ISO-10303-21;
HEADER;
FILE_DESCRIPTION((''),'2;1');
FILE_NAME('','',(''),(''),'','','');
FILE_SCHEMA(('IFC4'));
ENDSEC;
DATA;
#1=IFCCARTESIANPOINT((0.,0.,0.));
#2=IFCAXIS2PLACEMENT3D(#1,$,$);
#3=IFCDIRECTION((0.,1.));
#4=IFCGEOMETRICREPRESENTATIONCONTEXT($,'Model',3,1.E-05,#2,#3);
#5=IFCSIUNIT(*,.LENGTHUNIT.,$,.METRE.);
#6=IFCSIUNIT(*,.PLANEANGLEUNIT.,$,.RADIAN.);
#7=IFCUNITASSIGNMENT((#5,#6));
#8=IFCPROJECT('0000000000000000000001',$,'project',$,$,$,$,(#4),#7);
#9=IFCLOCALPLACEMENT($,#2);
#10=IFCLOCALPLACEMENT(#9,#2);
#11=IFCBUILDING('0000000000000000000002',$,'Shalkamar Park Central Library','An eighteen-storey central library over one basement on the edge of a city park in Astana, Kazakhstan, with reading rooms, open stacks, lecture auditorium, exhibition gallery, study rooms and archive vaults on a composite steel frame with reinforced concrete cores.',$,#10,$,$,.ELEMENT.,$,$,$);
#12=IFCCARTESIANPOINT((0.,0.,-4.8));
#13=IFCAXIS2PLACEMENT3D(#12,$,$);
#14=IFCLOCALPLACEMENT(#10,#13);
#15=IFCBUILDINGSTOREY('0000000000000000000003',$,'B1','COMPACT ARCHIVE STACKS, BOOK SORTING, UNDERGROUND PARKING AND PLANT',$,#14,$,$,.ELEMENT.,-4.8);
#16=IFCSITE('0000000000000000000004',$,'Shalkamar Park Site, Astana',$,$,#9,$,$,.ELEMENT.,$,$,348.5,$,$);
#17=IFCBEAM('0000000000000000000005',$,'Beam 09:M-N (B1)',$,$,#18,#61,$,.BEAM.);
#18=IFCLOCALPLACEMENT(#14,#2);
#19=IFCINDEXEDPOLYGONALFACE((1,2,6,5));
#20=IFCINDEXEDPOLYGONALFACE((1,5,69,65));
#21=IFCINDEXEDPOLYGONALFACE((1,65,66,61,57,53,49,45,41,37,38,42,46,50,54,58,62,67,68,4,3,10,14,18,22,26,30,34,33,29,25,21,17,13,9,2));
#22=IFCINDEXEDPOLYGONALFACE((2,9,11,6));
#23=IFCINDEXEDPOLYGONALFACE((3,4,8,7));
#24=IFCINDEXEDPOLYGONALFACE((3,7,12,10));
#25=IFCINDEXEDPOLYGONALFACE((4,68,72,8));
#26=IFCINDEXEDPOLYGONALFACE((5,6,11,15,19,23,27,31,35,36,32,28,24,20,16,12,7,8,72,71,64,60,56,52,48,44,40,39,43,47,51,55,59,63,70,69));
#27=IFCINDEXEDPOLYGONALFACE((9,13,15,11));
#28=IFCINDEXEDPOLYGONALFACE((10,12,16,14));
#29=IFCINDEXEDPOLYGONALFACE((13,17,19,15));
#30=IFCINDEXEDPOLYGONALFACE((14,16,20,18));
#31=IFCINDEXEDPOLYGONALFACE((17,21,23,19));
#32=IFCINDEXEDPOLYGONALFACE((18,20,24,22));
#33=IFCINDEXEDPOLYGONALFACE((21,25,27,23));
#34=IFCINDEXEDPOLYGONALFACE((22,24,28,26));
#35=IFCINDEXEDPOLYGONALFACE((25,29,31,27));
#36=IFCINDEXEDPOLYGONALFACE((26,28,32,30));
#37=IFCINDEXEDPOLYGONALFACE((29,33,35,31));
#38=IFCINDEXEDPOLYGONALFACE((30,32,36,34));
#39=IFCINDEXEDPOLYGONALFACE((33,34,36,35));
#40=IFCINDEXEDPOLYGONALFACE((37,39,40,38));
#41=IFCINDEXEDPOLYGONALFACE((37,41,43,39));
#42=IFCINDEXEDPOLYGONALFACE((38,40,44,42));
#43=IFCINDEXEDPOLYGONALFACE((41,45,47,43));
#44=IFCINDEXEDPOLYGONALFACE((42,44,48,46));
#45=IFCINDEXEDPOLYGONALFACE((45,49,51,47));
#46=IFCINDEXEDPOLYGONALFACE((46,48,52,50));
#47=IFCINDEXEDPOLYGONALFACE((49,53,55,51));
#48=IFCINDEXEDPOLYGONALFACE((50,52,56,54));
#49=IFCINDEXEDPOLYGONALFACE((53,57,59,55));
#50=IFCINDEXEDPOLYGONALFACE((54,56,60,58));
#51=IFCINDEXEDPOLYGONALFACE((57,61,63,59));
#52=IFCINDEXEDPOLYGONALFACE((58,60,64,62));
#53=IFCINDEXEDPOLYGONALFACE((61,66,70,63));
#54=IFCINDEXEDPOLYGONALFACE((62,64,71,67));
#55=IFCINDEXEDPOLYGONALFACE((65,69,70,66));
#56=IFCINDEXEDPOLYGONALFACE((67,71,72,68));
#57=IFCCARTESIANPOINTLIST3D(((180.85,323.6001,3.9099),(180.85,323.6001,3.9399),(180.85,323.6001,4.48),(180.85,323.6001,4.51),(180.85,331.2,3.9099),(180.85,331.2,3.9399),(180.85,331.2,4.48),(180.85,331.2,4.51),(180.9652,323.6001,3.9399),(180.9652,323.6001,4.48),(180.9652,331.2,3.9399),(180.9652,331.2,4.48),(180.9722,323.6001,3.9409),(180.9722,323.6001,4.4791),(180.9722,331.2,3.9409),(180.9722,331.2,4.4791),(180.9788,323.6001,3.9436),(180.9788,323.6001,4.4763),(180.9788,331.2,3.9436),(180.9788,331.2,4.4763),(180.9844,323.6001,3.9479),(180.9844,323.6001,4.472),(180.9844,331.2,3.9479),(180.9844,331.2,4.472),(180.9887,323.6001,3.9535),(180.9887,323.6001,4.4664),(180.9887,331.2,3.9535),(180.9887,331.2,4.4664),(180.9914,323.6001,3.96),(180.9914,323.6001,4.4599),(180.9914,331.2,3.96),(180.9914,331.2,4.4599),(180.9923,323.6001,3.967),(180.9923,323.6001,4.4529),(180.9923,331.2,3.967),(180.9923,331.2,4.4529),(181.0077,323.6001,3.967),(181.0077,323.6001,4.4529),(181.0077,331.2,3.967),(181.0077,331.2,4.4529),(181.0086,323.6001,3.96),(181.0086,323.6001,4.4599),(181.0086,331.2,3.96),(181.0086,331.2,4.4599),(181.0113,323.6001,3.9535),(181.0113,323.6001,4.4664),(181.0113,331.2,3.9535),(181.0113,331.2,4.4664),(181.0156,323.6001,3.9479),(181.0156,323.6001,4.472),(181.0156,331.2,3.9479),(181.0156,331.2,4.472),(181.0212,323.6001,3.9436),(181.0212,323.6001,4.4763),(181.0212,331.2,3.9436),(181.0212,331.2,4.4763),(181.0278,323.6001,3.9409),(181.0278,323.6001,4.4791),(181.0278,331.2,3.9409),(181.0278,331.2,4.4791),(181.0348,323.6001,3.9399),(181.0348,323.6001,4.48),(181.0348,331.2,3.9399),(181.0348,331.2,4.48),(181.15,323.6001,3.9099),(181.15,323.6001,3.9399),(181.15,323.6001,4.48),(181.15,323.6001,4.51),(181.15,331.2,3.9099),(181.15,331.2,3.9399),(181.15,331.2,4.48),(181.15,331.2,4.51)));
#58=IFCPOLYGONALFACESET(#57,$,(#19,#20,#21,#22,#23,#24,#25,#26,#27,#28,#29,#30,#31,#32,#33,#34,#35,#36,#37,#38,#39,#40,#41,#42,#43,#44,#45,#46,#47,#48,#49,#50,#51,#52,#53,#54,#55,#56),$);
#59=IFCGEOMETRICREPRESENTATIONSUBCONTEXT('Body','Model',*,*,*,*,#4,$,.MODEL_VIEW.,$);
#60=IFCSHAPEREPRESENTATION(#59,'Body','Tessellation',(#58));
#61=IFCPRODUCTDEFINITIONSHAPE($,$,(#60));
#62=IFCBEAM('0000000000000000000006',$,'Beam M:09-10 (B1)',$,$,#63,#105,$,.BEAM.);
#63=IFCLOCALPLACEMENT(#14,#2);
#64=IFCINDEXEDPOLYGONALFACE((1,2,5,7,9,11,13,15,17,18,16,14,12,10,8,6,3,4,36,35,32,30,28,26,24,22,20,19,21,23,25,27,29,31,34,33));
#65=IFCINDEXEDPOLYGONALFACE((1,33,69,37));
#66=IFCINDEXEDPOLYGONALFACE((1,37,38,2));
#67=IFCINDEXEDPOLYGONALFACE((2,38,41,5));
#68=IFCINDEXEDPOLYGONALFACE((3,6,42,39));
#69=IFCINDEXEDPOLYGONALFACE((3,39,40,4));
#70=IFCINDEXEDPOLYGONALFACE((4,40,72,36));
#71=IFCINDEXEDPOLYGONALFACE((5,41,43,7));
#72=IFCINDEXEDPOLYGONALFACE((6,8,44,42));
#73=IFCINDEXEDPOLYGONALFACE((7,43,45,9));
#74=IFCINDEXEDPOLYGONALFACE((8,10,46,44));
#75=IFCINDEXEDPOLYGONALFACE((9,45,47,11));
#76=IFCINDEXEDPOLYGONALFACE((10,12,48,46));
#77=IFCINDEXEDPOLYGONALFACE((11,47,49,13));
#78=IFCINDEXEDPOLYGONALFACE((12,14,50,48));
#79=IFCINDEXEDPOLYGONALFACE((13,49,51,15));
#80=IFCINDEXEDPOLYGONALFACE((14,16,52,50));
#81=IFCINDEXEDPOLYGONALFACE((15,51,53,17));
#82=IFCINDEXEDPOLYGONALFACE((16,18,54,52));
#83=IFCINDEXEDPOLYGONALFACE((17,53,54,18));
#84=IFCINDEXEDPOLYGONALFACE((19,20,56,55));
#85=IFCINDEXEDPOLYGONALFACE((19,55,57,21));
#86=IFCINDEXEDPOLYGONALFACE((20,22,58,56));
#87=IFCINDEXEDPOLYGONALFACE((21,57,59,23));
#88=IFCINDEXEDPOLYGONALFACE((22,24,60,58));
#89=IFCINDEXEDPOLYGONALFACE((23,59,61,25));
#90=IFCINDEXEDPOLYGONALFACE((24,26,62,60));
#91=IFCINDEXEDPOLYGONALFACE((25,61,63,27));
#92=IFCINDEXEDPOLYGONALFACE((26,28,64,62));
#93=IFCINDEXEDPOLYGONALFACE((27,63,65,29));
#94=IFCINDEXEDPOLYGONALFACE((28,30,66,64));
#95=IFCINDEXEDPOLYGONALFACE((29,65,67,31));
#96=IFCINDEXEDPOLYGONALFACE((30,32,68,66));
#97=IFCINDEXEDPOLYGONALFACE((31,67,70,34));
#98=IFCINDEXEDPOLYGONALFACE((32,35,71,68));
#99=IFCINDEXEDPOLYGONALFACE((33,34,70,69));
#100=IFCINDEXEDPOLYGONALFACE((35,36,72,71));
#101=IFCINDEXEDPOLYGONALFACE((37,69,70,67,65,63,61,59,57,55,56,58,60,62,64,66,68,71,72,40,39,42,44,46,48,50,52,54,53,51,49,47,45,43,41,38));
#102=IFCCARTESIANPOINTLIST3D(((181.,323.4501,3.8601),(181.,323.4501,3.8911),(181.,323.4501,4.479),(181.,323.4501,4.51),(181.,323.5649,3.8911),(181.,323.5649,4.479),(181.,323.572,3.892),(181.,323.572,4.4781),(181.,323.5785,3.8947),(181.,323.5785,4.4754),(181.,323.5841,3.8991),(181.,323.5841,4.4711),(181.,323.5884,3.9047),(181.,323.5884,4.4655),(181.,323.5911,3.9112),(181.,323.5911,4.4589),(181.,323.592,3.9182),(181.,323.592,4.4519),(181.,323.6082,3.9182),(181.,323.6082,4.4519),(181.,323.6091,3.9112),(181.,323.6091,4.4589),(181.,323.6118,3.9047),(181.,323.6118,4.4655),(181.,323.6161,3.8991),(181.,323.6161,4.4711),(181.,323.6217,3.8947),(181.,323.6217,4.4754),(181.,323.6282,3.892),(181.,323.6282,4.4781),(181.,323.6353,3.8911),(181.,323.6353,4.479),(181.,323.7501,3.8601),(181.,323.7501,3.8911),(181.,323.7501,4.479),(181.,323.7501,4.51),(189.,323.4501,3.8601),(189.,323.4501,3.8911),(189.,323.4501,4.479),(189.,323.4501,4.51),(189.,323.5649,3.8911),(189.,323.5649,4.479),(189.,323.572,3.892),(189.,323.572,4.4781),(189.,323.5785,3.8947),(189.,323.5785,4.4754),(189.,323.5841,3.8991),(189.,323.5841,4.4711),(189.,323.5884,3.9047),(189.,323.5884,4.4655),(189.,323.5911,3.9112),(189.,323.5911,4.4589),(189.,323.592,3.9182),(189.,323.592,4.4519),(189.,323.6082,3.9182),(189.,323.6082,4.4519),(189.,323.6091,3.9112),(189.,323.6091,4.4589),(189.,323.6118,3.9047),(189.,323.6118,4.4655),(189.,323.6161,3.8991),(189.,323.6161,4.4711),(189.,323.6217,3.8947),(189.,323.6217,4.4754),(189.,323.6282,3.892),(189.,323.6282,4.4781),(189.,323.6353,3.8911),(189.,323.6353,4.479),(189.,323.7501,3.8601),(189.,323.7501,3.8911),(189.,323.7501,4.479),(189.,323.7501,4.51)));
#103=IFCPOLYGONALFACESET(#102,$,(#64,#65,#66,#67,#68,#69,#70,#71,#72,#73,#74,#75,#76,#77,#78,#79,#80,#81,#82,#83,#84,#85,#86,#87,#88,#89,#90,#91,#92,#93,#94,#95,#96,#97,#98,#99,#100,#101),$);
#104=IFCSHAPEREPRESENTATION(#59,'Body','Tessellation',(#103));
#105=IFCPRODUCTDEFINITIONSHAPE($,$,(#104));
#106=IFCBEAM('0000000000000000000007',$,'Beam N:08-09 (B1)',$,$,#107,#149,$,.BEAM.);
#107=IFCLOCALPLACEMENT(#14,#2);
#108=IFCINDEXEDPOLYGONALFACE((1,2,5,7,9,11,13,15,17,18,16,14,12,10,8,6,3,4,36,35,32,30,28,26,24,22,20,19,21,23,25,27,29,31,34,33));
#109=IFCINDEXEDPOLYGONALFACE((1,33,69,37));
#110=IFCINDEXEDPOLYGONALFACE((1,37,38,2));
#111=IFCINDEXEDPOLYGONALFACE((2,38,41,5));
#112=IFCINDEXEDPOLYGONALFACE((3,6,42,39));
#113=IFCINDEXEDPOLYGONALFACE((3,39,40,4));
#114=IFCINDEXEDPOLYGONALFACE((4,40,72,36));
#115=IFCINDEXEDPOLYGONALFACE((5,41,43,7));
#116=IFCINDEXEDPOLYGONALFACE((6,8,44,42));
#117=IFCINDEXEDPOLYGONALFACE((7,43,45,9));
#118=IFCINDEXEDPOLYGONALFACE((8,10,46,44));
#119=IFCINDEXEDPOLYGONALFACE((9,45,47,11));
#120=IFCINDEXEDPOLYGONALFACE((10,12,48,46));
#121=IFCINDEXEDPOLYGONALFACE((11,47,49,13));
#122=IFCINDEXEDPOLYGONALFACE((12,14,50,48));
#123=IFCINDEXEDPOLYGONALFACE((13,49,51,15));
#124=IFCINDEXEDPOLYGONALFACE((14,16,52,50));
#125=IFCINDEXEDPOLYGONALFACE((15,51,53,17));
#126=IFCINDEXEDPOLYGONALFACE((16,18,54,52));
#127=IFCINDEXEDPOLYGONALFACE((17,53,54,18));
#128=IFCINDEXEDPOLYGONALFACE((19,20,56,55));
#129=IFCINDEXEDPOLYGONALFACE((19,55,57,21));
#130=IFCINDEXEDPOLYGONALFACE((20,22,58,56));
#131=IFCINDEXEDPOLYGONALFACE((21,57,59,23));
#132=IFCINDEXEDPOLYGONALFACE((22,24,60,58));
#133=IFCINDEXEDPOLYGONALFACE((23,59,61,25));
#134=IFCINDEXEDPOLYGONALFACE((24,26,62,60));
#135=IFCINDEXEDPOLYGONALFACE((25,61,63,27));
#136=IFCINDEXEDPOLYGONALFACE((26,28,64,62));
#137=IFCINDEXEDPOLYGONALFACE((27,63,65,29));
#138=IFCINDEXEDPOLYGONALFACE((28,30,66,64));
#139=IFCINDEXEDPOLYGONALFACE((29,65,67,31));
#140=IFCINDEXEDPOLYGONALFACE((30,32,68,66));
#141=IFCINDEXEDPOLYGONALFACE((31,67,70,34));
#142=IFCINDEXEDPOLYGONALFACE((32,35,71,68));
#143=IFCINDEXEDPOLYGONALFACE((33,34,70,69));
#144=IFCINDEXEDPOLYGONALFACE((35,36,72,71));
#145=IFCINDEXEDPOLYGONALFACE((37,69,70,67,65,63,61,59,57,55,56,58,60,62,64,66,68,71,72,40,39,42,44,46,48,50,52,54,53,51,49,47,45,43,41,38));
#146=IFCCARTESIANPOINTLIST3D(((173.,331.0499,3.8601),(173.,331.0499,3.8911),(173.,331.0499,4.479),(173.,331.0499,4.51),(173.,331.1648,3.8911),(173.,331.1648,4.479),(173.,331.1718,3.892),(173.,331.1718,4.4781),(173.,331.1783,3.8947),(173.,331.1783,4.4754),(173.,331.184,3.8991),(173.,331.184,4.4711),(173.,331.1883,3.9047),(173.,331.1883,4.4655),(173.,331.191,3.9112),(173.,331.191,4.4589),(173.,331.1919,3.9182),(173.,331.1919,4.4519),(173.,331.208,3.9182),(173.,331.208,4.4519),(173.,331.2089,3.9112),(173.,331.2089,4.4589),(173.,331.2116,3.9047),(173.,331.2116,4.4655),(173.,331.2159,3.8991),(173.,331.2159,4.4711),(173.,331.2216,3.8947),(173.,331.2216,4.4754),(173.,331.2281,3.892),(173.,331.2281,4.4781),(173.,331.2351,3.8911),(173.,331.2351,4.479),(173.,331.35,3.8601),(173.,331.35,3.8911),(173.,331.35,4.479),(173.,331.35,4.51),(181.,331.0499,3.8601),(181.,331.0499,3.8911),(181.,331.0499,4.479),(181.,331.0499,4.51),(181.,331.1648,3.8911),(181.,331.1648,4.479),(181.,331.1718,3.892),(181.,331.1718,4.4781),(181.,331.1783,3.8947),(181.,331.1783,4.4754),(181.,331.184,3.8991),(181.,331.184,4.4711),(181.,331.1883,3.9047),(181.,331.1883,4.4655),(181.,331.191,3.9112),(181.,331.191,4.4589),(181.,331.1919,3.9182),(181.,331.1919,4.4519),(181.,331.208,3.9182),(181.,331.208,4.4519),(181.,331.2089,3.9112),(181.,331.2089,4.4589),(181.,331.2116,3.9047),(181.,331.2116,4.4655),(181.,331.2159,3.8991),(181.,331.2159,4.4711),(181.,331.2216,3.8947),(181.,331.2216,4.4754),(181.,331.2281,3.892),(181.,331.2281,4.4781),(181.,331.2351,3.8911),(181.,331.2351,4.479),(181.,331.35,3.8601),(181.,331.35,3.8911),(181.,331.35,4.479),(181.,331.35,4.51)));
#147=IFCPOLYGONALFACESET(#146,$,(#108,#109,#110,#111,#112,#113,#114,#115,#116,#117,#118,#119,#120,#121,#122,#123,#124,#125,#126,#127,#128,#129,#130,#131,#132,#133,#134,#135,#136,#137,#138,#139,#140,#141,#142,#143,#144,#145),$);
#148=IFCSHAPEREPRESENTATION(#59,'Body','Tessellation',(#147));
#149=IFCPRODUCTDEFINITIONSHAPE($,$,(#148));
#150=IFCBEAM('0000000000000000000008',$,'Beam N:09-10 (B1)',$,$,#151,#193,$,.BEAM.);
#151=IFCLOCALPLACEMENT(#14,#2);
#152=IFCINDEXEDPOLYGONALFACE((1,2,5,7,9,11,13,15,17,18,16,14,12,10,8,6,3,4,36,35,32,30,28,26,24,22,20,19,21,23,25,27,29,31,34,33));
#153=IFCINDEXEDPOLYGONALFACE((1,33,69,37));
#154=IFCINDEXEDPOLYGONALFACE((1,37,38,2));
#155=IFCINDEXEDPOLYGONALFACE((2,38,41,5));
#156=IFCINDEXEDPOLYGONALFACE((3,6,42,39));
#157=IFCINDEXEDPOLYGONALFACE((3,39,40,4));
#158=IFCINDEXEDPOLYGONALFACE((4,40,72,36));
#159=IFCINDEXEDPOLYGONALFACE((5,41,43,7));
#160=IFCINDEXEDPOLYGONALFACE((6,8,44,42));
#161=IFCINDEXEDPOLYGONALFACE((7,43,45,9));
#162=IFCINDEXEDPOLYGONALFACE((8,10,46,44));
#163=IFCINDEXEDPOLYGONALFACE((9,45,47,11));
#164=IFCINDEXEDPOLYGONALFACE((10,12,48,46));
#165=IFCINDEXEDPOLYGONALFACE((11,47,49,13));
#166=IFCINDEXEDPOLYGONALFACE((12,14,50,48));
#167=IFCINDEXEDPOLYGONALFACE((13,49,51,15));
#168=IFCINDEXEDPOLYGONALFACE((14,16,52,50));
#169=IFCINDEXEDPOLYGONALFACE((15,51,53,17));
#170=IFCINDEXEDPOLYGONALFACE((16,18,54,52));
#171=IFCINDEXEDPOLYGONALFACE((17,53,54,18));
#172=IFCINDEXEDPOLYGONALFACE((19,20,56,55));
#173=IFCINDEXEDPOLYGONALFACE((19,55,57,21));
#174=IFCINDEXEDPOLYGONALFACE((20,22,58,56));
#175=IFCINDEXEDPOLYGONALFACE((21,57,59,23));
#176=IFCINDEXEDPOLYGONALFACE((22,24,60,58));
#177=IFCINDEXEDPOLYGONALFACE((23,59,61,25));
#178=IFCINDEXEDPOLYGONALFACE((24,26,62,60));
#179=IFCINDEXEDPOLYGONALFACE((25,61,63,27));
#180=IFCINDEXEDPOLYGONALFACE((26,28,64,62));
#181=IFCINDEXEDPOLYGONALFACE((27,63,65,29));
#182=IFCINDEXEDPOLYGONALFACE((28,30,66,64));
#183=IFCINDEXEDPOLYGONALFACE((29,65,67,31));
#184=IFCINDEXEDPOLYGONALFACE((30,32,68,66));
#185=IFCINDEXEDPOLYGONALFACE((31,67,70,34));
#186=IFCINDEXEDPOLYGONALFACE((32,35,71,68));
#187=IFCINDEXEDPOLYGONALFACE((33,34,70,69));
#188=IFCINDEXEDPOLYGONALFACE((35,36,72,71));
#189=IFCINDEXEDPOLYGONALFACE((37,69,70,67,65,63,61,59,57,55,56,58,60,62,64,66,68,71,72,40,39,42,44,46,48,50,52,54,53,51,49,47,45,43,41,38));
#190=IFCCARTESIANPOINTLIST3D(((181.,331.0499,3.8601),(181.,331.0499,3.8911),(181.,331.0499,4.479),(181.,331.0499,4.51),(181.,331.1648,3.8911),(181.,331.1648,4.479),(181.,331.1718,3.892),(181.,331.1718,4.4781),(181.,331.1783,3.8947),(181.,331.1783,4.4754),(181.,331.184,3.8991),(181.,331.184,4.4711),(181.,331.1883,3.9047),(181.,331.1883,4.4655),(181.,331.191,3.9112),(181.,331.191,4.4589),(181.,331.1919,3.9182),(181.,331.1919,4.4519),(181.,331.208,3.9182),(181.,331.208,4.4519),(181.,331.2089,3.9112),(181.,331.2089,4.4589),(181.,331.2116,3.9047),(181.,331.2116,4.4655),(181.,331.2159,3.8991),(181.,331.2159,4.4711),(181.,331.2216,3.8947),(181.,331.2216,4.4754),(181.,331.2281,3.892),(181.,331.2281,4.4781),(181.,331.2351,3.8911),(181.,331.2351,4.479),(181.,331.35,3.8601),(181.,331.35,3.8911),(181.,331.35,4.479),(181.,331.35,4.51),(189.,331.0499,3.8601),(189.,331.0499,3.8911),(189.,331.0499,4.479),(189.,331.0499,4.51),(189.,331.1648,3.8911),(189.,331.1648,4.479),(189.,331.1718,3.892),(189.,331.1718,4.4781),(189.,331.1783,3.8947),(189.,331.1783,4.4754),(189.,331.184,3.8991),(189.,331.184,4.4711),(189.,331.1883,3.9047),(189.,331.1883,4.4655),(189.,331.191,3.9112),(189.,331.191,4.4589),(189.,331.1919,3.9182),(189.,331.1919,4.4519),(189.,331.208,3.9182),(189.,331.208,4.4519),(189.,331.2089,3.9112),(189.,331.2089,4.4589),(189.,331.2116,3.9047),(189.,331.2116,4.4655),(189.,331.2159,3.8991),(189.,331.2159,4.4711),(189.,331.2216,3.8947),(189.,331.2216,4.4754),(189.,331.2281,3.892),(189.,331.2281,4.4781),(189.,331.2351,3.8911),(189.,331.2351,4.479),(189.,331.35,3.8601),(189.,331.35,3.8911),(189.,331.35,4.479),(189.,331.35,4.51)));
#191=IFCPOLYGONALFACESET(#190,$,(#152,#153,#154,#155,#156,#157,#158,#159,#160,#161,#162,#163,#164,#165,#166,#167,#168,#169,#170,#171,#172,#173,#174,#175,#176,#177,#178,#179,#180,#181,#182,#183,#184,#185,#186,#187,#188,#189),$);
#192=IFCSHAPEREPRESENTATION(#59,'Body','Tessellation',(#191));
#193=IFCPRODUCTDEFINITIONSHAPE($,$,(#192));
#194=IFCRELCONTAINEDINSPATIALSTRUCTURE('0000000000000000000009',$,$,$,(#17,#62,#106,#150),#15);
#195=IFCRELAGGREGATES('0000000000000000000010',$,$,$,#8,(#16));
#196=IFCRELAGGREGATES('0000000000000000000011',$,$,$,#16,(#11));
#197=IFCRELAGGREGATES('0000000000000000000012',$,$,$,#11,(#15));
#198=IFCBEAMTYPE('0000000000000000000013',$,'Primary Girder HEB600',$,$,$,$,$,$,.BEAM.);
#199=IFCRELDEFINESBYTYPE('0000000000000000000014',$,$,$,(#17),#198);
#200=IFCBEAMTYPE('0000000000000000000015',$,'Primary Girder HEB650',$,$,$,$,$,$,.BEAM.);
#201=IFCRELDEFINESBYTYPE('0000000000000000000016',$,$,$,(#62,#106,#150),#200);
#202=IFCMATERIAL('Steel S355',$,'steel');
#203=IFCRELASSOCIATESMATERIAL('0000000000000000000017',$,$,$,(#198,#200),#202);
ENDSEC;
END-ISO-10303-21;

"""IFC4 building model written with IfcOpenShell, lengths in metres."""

from ifc_helpers import new_model, si_unit, direction, frame, origin, origin_2d, place, context, subcontext, project, spatial, i_section, extrude, material, material_profile, profile_set, type_object, element, save


model = new_model("IFC4")

# Units and contexts
model_context = context("Model", 3, precision=1e-05, world=origin(), true_north=direction((0.0, 1.0)))
body_context = subcontext(model_context, "Body", "Model", "MODEL_VIEW")
ifc_project = project(units=[si_unit("LENGTHUNIT", "METRE"), si_unit("PLANEANGLEUNIT", "RADIAN")], contexts=[model_context])

# Site, building, storey
site_placement = place(None, origin())
site = spatial("IfcSite", under=ifc_project, at=site_placement, Name="Shalkamar Park Site, Astana", CompositionType="ELEMENT", RefElevation=348.5)
building_placement = place(site_placement, origin())
building = spatial("IfcBuilding", under=site, at=building_placement, Name="Shalkamar Park Central Library", Description="An eighteen-storey central library over one basement on the edge of a city park in Astana, Kazakhstan, with reading rooms, open stacks, lecture auditorium, exhibition gallery, study rooms and archive vaults on a composite steel frame with reinforced concrete cores.", CompositionType="ELEMENT")
storey_placement = place(building_placement, frame((0.0, 0.0, -4.8)))
storey = spatial("IfcBuildingStorey", under=building, at=storey_placement, Name="B1", Description="COMPACT ARCHIVE STACKS, BOOK SORTING, UNDERGROUND PARKING AND PLANT", CompositionType="ELEMENT", Elevation=-4.8)

# Shared definitions
ifc_material_1 = material(Name="Steel S355", Category="steel")

# Beams
ifc_material_profile_1 = material_profile(ifc_material_1, i_section(OverallWidth=0.3, OverallDepth=0.6001, WebThickness=0.0154, FlangeThickness=0.03, FilletRadius=0.0271, at=origin_2d()), Name="HEB 600")
ifc_profile_set_1 = profile_set([ifc_material_profile_1], Name="Steel S355")
beam_type_1 = type_object("IfcBeamType", Name="Primary Girder HEB600", PredefinedType="BEAM", material=ifc_profile_set_1)
for number, where, z_axis, x_axis, name in (
    (1, (181.0, 323.6001, 4.21), (0.0, 1.0, 0.0), (-1.0, 0.0, 0.0), "Beam 09:M-N (B1)"),
):
    element("IfcBeam", number, at=place(storey_placement, frame(where, z_axis=z_axis, x_axis=x_axis)), inside=storey, type_object=beam_type_1, Name=name, PredefinedType="BEAM", context=body_context, shape_type="SweptSolid", body=[
        extrude(i_section(OverallWidth=0.3, OverallDepth=0.6001, WebThickness=0.0154, FlangeThickness=0.03, FilletRadius=0.0271, at=origin_2d()), origin(), (0.0, 0.0, 1.0), 7.5999),
    ])
ifc_material_profile_2 = material_profile(ifc_material_1, i_section(OverallWidth=0.3, OverallDepth=0.6499, WebThickness=0.0161, FlangeThickness=0.031, FilletRadius=0.0271, at=origin_2d()), Name="HEB 650")
ifc_profile_set_2 = profile_set([ifc_material_profile_2], Name="Steel S355")
beam_type_2 = type_object("IfcBeamType", Name="Primary Girder HEB650", PredefinedType="BEAM", material=ifc_profile_set_2)
for number, where, z_axis, x_axis, name in (
    (2, (181.0, 323.6001, 4.1851), (1.0, 0.0, 0.0), (0.0, 1.0, 0.0), "Beam M:09-10 (B1)"),
    (3, (173.0, 331.2, 4.1851), (1.0, 0.0, 0.0), (0.0, 1.0, 0.0), "Beam N:08-09 (B1)"),
    (4, (181.0, 331.2, 4.1851), (1.0, 0.0, 0.0), (0.0, 1.0, 0.0), "Beam N:09-10 (B1)"),
):
    element("IfcBeam", number, at=place(storey_placement, frame(where, z_axis=z_axis, x_axis=x_axis)), inside=storey, type_object=beam_type_2, Name=name, PredefinedType="BEAM", context=body_context, shape_type="SweptSolid", body=[
        extrude(i_section(OverallWidth=0.3, OverallDepth=0.6499, WebThickness=0.0161, FlangeThickness=0.031, FilletRadius=0.0271, at=origin_2d()), origin(), (0.0, 0.0, 1.0), 8.0),
    ])

save(model, "model.ifc")
